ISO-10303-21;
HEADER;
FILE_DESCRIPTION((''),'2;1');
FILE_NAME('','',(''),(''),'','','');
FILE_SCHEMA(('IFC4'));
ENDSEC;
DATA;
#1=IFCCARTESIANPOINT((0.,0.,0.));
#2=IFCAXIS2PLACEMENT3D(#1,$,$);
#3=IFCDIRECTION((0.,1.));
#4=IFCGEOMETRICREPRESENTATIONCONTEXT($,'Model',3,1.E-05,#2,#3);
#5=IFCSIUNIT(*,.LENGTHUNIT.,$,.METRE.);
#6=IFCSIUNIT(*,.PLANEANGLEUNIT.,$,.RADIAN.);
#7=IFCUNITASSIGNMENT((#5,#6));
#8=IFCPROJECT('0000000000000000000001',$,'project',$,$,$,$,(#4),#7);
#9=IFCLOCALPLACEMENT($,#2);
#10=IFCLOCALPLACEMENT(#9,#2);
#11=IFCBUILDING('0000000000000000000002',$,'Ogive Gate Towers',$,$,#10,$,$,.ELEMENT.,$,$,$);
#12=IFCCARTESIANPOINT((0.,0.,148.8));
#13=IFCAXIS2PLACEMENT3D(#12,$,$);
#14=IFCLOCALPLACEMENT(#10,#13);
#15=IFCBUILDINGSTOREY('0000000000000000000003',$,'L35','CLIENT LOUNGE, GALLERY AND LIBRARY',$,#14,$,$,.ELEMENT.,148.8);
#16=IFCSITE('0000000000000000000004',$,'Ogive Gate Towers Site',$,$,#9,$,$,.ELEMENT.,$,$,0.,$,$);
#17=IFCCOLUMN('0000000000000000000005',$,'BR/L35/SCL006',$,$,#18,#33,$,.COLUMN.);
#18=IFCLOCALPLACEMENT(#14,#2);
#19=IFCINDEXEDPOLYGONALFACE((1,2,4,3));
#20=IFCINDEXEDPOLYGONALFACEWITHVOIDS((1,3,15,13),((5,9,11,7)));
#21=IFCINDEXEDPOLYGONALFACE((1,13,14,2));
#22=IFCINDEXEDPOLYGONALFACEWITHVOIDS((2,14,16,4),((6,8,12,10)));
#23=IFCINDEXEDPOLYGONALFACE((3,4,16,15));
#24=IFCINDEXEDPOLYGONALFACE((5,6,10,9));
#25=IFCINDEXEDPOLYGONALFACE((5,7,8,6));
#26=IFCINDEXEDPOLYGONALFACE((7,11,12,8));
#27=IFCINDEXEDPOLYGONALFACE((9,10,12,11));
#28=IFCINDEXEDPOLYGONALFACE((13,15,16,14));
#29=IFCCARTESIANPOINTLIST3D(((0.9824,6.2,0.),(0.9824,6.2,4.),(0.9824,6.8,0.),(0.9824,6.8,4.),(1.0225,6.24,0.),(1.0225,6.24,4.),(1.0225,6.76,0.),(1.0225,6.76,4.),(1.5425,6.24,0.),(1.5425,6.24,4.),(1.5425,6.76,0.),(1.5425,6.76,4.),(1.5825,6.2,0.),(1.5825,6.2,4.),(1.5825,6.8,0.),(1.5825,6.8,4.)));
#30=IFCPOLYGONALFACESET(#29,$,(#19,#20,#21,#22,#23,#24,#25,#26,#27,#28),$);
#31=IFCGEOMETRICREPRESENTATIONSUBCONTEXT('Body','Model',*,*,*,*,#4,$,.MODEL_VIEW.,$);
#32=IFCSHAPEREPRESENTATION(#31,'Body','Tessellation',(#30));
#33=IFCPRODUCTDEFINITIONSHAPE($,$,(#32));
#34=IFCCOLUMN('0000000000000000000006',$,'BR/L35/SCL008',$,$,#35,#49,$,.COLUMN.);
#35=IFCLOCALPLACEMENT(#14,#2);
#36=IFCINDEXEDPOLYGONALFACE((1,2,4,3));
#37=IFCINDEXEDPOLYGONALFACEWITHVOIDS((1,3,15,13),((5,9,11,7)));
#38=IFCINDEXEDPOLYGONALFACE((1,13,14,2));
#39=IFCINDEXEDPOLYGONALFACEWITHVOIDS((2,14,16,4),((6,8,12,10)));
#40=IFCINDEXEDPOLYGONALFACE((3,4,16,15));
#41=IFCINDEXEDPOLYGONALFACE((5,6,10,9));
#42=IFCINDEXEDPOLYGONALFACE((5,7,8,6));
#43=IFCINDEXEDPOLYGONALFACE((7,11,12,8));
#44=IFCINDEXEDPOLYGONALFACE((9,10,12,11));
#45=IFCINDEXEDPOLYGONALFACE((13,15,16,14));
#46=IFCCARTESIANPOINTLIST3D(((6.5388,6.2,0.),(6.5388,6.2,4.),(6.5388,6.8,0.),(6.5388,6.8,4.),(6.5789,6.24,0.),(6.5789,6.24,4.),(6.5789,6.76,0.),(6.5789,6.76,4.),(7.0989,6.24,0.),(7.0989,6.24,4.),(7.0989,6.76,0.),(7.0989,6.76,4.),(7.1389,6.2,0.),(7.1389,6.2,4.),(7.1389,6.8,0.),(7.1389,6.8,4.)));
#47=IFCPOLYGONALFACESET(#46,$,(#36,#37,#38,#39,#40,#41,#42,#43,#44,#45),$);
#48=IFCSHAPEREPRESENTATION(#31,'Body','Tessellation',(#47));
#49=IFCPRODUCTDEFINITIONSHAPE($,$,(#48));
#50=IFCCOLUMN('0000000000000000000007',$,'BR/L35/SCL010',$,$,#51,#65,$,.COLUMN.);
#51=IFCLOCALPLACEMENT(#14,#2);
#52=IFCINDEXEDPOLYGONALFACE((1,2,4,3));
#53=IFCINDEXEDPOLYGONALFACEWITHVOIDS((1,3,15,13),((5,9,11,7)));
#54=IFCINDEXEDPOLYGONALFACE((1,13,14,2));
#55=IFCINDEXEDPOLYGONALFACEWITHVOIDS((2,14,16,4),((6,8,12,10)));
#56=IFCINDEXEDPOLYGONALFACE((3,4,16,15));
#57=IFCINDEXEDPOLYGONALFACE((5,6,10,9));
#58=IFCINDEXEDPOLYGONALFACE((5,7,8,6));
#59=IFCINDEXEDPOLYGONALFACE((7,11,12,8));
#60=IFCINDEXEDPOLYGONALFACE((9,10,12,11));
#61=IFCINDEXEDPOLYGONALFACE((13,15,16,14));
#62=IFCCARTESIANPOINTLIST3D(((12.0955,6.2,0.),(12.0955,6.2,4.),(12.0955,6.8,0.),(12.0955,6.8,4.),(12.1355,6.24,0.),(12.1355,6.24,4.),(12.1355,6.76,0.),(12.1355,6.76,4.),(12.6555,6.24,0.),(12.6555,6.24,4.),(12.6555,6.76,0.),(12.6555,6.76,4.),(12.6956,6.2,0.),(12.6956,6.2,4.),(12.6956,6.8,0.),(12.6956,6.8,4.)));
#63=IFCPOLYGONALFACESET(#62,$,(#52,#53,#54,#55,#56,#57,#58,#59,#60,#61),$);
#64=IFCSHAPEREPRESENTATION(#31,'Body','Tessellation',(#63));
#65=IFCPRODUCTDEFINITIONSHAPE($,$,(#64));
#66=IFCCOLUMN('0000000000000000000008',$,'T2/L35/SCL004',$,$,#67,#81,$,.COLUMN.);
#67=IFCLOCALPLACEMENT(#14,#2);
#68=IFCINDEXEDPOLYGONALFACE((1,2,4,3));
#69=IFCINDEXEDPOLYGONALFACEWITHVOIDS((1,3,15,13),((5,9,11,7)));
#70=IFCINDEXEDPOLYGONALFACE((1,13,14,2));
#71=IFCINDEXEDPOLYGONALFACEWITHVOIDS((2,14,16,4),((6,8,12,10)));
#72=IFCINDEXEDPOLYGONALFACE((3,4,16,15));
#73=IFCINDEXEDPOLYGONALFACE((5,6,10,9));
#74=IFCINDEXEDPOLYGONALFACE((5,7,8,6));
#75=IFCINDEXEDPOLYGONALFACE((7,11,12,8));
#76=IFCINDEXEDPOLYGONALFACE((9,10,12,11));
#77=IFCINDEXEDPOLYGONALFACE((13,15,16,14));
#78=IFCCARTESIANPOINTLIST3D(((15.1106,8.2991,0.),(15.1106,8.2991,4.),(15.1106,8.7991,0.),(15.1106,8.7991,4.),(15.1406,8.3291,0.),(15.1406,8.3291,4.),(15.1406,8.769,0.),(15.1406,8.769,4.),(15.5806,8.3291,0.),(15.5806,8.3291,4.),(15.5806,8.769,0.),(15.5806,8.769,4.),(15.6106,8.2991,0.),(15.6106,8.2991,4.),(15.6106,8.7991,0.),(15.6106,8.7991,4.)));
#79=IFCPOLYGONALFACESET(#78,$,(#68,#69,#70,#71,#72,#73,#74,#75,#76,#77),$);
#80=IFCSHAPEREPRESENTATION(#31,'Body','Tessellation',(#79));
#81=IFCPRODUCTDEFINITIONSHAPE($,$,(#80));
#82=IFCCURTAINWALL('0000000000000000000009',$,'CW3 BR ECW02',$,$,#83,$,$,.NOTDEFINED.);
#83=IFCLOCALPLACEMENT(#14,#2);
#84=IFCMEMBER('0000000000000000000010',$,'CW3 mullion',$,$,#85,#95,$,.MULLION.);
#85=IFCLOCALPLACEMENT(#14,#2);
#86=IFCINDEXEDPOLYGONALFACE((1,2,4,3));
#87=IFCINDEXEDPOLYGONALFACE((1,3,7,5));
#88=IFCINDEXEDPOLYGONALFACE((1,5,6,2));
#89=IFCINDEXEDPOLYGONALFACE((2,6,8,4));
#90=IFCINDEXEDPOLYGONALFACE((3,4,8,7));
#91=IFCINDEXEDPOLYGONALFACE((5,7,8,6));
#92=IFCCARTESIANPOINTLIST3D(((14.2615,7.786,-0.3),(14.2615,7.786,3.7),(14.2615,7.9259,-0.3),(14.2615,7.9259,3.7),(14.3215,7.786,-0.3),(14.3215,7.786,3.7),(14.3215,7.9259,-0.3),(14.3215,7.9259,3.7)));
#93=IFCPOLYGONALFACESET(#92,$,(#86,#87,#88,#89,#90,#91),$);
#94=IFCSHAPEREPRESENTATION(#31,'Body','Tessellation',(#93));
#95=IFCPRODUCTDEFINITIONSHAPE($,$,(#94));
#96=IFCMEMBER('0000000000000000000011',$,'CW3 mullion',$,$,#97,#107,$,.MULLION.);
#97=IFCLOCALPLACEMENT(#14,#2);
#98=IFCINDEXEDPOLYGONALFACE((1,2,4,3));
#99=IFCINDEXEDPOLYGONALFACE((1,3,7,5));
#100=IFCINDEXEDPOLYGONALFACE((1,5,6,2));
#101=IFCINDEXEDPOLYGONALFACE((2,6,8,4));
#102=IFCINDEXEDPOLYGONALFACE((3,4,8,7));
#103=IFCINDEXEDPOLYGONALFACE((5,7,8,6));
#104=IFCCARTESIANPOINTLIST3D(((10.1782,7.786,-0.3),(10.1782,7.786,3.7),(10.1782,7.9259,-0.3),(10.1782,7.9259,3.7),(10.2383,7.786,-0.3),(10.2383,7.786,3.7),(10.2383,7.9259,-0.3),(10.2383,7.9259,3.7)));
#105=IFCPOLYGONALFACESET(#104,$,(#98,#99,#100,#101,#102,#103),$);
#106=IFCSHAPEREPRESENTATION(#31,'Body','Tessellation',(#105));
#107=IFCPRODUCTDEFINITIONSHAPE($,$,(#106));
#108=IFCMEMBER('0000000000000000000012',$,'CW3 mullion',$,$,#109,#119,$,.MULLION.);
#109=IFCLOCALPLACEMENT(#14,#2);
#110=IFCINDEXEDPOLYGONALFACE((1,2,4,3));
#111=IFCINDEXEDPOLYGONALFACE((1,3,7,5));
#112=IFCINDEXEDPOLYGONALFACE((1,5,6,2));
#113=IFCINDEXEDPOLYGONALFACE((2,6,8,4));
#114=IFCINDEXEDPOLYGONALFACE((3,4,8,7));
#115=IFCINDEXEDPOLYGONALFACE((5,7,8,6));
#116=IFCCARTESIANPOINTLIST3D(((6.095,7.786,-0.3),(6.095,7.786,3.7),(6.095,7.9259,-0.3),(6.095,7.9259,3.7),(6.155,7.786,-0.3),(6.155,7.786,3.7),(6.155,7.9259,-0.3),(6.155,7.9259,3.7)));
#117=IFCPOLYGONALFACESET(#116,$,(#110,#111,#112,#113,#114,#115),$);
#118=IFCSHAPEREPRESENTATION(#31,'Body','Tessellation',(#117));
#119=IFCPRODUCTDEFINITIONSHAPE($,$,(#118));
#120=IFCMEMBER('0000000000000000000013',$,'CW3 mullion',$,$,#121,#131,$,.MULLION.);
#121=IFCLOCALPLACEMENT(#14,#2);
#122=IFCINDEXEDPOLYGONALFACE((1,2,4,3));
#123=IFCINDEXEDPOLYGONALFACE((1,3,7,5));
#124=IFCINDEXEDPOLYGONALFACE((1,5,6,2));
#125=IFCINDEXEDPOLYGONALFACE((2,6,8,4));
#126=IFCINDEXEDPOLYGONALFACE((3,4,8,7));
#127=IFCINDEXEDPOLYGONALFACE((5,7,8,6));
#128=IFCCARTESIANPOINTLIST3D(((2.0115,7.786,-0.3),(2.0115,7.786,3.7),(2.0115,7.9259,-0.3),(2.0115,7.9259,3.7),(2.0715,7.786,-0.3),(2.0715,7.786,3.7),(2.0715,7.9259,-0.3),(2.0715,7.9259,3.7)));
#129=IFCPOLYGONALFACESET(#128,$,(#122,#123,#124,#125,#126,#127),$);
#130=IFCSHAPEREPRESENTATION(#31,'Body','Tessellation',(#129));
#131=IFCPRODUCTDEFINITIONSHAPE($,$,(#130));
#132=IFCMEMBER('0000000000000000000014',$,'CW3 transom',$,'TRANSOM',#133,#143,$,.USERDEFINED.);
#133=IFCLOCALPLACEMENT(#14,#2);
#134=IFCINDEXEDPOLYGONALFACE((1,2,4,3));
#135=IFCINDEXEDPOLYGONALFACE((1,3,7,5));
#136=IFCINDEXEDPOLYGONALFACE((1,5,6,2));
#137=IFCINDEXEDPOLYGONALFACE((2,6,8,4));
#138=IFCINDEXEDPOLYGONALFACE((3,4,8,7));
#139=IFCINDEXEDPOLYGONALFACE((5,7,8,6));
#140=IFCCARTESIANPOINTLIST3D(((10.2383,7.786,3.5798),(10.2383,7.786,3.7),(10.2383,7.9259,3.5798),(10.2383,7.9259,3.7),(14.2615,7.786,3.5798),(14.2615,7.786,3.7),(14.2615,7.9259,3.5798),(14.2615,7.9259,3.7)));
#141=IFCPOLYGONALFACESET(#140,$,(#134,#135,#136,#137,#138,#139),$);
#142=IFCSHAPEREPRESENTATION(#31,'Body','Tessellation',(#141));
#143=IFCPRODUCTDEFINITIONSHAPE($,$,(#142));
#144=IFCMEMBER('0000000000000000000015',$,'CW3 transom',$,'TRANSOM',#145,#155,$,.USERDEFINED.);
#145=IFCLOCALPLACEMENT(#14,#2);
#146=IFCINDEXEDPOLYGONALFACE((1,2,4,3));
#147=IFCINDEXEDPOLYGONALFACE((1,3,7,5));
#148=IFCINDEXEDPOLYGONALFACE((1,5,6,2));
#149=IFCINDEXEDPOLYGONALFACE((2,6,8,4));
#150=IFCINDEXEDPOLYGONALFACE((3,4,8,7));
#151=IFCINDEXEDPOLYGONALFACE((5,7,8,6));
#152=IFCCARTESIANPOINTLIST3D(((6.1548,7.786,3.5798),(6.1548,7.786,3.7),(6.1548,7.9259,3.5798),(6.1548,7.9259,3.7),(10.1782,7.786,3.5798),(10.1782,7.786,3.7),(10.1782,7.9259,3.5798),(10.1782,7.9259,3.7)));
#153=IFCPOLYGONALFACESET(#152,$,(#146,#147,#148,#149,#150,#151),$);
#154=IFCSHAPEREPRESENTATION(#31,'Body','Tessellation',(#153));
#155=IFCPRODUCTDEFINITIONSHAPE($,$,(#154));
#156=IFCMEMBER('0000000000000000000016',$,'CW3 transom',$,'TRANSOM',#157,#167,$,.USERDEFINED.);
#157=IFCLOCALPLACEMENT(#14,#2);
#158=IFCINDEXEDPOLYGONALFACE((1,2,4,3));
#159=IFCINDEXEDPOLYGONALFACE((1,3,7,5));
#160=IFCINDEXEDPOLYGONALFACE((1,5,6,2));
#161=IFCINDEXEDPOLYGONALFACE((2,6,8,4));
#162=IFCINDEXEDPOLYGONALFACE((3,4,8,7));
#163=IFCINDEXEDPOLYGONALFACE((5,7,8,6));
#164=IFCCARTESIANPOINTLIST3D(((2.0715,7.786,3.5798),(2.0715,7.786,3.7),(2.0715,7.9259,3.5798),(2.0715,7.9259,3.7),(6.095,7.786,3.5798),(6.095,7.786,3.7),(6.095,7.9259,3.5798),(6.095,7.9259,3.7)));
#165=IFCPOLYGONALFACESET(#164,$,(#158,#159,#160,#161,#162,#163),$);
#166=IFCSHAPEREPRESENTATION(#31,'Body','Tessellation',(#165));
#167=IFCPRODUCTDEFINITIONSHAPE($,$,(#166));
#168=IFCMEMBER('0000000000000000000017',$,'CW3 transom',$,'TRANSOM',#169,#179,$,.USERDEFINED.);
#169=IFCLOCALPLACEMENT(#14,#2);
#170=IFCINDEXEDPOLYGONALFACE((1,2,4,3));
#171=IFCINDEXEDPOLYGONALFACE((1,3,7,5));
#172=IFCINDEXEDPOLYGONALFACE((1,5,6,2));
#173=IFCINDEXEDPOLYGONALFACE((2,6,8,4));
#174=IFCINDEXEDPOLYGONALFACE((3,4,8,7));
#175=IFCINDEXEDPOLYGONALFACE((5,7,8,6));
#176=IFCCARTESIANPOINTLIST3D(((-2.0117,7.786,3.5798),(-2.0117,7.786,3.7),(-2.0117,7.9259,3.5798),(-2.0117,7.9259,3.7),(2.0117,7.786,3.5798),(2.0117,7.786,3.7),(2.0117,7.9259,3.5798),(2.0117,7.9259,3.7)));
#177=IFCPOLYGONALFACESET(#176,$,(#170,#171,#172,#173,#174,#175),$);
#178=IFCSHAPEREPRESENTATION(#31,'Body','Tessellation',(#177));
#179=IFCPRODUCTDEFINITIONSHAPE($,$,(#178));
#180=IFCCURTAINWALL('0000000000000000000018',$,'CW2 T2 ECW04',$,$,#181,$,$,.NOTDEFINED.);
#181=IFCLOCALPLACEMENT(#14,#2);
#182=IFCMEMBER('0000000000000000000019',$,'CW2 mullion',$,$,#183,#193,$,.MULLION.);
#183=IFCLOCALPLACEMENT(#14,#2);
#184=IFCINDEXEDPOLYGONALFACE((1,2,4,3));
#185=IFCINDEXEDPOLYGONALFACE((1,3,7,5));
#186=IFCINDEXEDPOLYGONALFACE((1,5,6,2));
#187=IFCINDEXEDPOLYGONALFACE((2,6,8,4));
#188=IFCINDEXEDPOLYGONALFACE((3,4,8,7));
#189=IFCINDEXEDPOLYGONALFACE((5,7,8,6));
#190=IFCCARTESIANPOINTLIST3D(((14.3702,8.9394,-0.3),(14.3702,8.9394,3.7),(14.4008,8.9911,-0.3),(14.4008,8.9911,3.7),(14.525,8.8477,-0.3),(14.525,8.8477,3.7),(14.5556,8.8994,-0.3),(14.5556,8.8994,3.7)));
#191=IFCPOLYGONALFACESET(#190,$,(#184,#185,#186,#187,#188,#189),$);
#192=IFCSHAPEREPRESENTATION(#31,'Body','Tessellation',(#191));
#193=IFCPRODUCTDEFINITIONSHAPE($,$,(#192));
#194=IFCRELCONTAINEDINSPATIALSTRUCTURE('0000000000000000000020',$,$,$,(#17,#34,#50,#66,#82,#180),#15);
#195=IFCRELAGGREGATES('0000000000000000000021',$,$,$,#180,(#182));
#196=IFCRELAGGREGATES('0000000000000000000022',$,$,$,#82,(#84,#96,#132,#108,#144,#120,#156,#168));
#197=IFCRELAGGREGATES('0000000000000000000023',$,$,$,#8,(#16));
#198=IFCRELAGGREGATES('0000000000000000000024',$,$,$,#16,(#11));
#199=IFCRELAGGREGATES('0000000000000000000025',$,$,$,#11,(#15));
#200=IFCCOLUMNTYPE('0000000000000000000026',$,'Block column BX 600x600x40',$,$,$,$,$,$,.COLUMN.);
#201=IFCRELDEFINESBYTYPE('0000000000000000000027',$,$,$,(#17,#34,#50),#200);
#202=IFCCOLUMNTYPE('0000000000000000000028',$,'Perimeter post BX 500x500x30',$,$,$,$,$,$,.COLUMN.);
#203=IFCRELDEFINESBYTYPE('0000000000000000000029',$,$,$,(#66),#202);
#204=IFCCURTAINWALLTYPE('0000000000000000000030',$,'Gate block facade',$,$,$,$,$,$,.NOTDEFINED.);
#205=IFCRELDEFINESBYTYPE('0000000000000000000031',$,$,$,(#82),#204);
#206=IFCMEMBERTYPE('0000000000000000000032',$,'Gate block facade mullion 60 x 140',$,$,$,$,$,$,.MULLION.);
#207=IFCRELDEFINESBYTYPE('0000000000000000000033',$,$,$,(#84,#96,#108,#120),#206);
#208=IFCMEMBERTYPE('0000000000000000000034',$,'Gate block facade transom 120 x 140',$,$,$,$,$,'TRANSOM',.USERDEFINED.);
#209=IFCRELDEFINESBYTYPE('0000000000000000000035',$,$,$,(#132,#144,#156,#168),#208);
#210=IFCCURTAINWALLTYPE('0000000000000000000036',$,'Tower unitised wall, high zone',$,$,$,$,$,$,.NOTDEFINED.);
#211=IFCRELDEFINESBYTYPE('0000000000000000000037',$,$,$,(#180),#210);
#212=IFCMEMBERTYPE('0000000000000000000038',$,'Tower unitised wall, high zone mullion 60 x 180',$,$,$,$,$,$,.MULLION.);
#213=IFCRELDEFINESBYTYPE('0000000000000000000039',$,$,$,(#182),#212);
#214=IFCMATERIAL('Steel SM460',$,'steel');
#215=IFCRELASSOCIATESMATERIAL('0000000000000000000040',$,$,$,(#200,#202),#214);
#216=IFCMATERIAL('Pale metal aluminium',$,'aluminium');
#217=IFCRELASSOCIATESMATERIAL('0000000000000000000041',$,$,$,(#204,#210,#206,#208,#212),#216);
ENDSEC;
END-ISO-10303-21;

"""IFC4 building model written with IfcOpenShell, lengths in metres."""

from ifc_helpers import new_model, si_unit, direction, frame, origin, origin_2d, place, context, subcontext, project, spatial, rectangle, hollow_rectangle, extrude, material, material_profile, profile_set, type_object, element, aggregate, save


model = new_model("IFC4")

# Units and contexts
model_context = context("Model", 3, precision=1e-05, world=origin(), true_north=direction((0.0, 1.0)))
body_context = subcontext(model_context, "Body", "Model", "MODEL_VIEW")
ifc_project = project(units=[si_unit("LENGTHUNIT", "METRE"), si_unit("PLANEANGLEUNIT", "RADIAN")], contexts=[model_context])

# Site, building, storey
site_placement = place(None, origin())
site = spatial("IfcSite", under=ifc_project, at=site_placement, Name="Ogive Gate Towers Site", CompositionType="ELEMENT", RefElevation=0.0)
building_placement = place(site_placement, origin())
building = spatial("IfcBuilding", under=site, at=building_placement, Name="Ogive Gate Towers", CompositionType="ELEMENT")
storey_placement = place(building_placement, frame((0.0, 0.0, 148.8)))
storey = spatial("IfcBuildingStorey", under=building, at=storey_placement, Name="L35", Description="CLIENT LOUNGE, GALLERY AND LIBRARY", CompositionType="ELEMENT", Elevation=148.8)

# Columns
ifc_material_1 = material(Name="Steel SM460", Category="steel")
ifc_material_profile_1 = material_profile(ifc_material_1, hollow_rectangle(XDim=0.6001, YDim=0.6001, WallThickness=0.04, at=origin_2d()), Name="BX 600x600x40")
ifc_profile_set_1 = profile_set([ifc_material_profile_1], Name="Steel SM460")
column_type_1 = type_object("IfcColumnType", Name="Block column BX 600x600x40", PredefinedType="COLUMN", material=ifc_profile_set_1)
for number, where, z_axis, x_axis, name in (
    (1, (1.2825, 6.5, 0.0), (0.0, 0.0, 1.0), (1.0, 0.0, 0.0), "BR/L35/SCL006"),
    (2, (6.8389, 6.5, 0.0), (0.0, 0.0, 1.0), (1.0, 0.0, 0.0), "BR/L35/SCL008"),
    (3, (12.3955, 6.5, 0.0), (0.0, 0.0, 1.0), (1.0, 0.0, 0.0), "BR/L35/SCL010"),
):
    element("IfcColumn", number, at=place(storey_placement, frame(where, z_axis=z_axis, x_axis=x_axis)), inside=storey, type_object=column_type_1, Name=name, PredefinedType="COLUMN", context=body_context, shape_type="SweptSolid", body=[
        extrude(hollow_rectangle(XDim=0.6001, YDim=0.6001, WallThickness=0.04, at=origin_2d()), origin(), (0.0, 0.0, 1.0), 4.0),
    ])
ifc_material_profile_2 = material_profile(ifc_material_1, hollow_rectangle(XDim=0.5, YDim=0.5, WallThickness=0.03, at=origin_2d()), Name="BX 500x500x30")
ifc_profile_set_2 = profile_set([ifc_material_profile_2], Name="Steel SM460")
column_type_2 = type_object("IfcColumnType", Name="Perimeter post BX 500x500x30", PredefinedType="COLUMN", material=ifc_profile_set_2)
column_placement = place(storey_placement, frame((15.3606, 8.5491, 0.0), z_axis=(0.0, 0.0, 1.0), x_axis=(1.0, 0.0, 0.0)))
element("IfcColumn", 4, at=column_placement, inside=storey, type_object=column_type_2, Name="T2/L35/SCL004", PredefinedType="COLUMN", context=body_context, shape_type="SweptSolid", body=[
    extrude(hollow_rectangle(XDim=0.5, YDim=0.5, WallThickness=0.03, at=origin_2d()), origin(), (0.0, 0.0, 1.0), 4.0),
])

# Curtain wall, members
ifc_material_2 = material(Name="Pale metal aluminium", Category="aluminium")
curtain_wall_type_1 = type_object("IfcCurtainWallType", Name="Gate block facade", PredefinedType="NOTDEFINED", material=ifc_material_2)
curtain_wall_1_placement = place(storey_placement, origin())
curtain_wall_1 = element("IfcCurtainWall", 5, at=curtain_wall_1_placement, inside=storey, type_object=curtain_wall_type_1, Name="CW3 BR ECW02", PredefinedType="NOTDEFINED")
ifc_material_profile_3 = material_profile(ifc_material_2, rectangle(XDim=0.1399, YDim=0.0601, at=origin_2d()), Name="60 x 140 aluminium box")
ifc_profile_set_3 = profile_set([ifc_material_profile_3], Name="Pale metal aluminium")
member_type_1 = type_object("IfcMemberType", Name="Gate block facade mullion 60 x 140", PredefinedType="MULLION", material=ifc_profile_set_3)
member_1_placement = place(storey_placement, frame((14.2915, 7.856, -0.3), z_axis=(0.0, 0.0, 1.0), x_axis=(0.0, 1.0, 0.0)))
member_1 = element("IfcMember", 6, at=member_1_placement, type_object=member_type_1, Name="CW3 mullion", PredefinedType="MULLION", context=body_context, shape_type="SweptSolid", body=[
    extrude(rectangle(XDim=0.1399, YDim=0.0601, at=origin_2d()), origin(), (0.0, 0.0, 1.0), 4.0),
])
member_2_placement = place(storey_placement, frame((10.2083, 7.856, -0.3), z_axis=(0.0, 0.0, 1.0), x_axis=(0.0, 1.0, 0.0)))
member_2 = element("IfcMember", 7, at=member_2_placement, type_object=member_type_1, Name="CW3 mullion", PredefinedType="MULLION", context=body_context, shape_type="SweptSolid", body=[
    extrude(rectangle(XDim=0.1399, YDim=0.0601, at=origin_2d()), origin(), (0.0, 0.0, 1.0), 4.0),
])
member_3_placement = place(storey_placement, frame((6.125, 7.856, -0.3), z_axis=(0.0, 0.0, 1.0), x_axis=(0.0, 1.0, 0.0)))
member_3 = element("IfcMember", 8, at=member_3_placement, type_object=member_type_1, Name="CW3 mullion", PredefinedType="MULLION", context=body_context, shape_type="SweptSolid", body=[
    extrude(rectangle(XDim=0.1399, YDim=0.0601, at=origin_2d()), origin(), (0.0, 0.0, 1.0), 4.0),
])
member_4_placement = place(storey_placement, frame((2.0415, 7.856, -0.3), z_axis=(0.0, 0.0, 1.0), x_axis=(0.0, 1.0, 0.0)))
member_4 = element("IfcMember", 9, at=member_4_placement, type_object=member_type_1, Name="CW3 mullion", PredefinedType="MULLION", context=body_context, shape_type="SweptSolid", body=[
    extrude(rectangle(XDim=0.1399, YDim=0.0601, at=origin_2d()), origin(), (0.0, 0.0, 1.0), 4.0),
])
ifc_material_profile_4 = material_profile(ifc_material_2, rectangle(XDim=0.1399, YDim=0.1201, at=origin_2d()), Name="120 x 140 aluminium box")
ifc_profile_set_4 = profile_set([ifc_material_profile_4], Name="Pale metal aluminium")
member_type_2 = type_object("IfcMemberType", Name="Gate block facade transom 120 x 140", ElementType="TRANSOM", PredefinedType="USERDEFINED", material=ifc_profile_set_4)
member_5_placement = place(storey_placement, frame((14.2615, 7.856, 3.6399), z_axis=(-1.0, 0.0, 0.0), x_axis=(0.0, -1.0, 0.0)))
member_5 = element("IfcMember", 10, at=member_5_placement, type_object=member_type_2, Name="CW3 transom", ObjectType="TRANSOM", PredefinedType="USERDEFINED", context=body_context, shape_type="SweptSolid", body=[
    extrude(rectangle(XDim=0.1399, YDim=0.1201, at=origin_2d()), origin(), (0.0, 0.0, 1.0), 4.0232),
])
member_6_placement = place(storey_placement, frame((10.1782, 7.856, 3.6399), z_axis=(-1.0, 0.0, 0.0), x_axis=(0.0, -1.0, 0.0)))
member_6 = element("IfcMember", 11, at=member_6_placement, type_object=member_type_2, Name="CW3 transom", ObjectType="TRANSOM", PredefinedType="USERDEFINED", context=body_context, shape_type="SweptSolid", body=[
    extrude(rectangle(XDim=0.1399, YDim=0.1201, at=origin_2d()), origin(), (0.0, 0.0, 1.0), 4.0234),
])
member_7_placement = place(storey_placement, frame((6.095, 7.856, 3.6399), z_axis=(-1.0, 0.0, 0.0), x_axis=(0.0, -1.0, 0.0)))
member_7 = element("IfcMember", 12, at=member_7_placement, type_object=member_type_2, Name="CW3 transom", ObjectType="TRANSOM", PredefinedType="USERDEFINED", context=body_context, shape_type="SweptSolid", body=[
    extrude(rectangle(XDim=0.1399, YDim=0.1201, at=origin_2d()), origin(), (0.0, 0.0, 1.0), 4.0234),
])
member_8_placement = place(storey_placement, frame((2.0117, 7.856, 3.6399), z_axis=(-1.0, 0.0, 0.0), x_axis=(0.0, -1.0, 0.0)))
member_8 = element("IfcMember", 13, at=member_8_placement, type_object=member_type_2, Name="CW3 transom", ObjectType="TRANSOM", PredefinedType="USERDEFINED", context=body_context, shape_type="SweptSolid", body=[
    extrude(rectangle(XDim=0.1399, YDim=0.1201, at=origin_2d()), origin(), (0.0, 0.0, 1.0), 4.0234),
])

# Curtain wall, member
curtain_wall_type_2 = type_object("IfcCurtainWallType", Name="Tower unitised wall, high zone", PredefinedType="NOTDEFINED", material=ifc_material_2)
curtain_wall_2_placement = place(storey_placement, origin())
curtain_wall_2 = element("IfcCurtainWall", 14, at=curtain_wall_2_placement, inside=storey, type_object=curtain_wall_type_2, Name="CW2 T2 ECW04", PredefinedType="NOTDEFINED")
ifc_material_profile_5 = material_profile(ifc_material_2, rectangle(XDim=0.1799, YDim=0.0601, at=origin_2d()), Name="60 x 180 aluminium box")
ifc_profile_set_5 = profile_set([ifc_material_profile_5], Name="Pale metal aluminium")
member_type_3 = type_object("IfcMemberType", Name="Tower unitised wall, high zone mullion 60 x 180", PredefinedType="MULLION", material=ifc_profile_set_5)
member_9_placement = place(storey_placement, frame((14.4629, 8.9194, -0.3), z_axis=(0.0, 0.0, 1.0), x_axis=(-0.860386, 0.509642, 0.0)))
member_9 = element("IfcMember", 15, at=member_9_placement, type_object=member_type_3, Name="CW2 mullion", PredefinedType="MULLION", context=body_context, shape_type="SweptSolid", body=[
    extrude(rectangle(XDim=0.1799, YDim=0.0601, at=origin_2d()), origin(), (0.0, 0.0, 1.0), 4.0),
])
aggregate(curtain_wall_2, [member_9])

aggregate(curtain_wall_1, [member_1, member_2, member_5, member_3, member_6, member_4, member_7, member_8])

save(model, "model.ifc")
